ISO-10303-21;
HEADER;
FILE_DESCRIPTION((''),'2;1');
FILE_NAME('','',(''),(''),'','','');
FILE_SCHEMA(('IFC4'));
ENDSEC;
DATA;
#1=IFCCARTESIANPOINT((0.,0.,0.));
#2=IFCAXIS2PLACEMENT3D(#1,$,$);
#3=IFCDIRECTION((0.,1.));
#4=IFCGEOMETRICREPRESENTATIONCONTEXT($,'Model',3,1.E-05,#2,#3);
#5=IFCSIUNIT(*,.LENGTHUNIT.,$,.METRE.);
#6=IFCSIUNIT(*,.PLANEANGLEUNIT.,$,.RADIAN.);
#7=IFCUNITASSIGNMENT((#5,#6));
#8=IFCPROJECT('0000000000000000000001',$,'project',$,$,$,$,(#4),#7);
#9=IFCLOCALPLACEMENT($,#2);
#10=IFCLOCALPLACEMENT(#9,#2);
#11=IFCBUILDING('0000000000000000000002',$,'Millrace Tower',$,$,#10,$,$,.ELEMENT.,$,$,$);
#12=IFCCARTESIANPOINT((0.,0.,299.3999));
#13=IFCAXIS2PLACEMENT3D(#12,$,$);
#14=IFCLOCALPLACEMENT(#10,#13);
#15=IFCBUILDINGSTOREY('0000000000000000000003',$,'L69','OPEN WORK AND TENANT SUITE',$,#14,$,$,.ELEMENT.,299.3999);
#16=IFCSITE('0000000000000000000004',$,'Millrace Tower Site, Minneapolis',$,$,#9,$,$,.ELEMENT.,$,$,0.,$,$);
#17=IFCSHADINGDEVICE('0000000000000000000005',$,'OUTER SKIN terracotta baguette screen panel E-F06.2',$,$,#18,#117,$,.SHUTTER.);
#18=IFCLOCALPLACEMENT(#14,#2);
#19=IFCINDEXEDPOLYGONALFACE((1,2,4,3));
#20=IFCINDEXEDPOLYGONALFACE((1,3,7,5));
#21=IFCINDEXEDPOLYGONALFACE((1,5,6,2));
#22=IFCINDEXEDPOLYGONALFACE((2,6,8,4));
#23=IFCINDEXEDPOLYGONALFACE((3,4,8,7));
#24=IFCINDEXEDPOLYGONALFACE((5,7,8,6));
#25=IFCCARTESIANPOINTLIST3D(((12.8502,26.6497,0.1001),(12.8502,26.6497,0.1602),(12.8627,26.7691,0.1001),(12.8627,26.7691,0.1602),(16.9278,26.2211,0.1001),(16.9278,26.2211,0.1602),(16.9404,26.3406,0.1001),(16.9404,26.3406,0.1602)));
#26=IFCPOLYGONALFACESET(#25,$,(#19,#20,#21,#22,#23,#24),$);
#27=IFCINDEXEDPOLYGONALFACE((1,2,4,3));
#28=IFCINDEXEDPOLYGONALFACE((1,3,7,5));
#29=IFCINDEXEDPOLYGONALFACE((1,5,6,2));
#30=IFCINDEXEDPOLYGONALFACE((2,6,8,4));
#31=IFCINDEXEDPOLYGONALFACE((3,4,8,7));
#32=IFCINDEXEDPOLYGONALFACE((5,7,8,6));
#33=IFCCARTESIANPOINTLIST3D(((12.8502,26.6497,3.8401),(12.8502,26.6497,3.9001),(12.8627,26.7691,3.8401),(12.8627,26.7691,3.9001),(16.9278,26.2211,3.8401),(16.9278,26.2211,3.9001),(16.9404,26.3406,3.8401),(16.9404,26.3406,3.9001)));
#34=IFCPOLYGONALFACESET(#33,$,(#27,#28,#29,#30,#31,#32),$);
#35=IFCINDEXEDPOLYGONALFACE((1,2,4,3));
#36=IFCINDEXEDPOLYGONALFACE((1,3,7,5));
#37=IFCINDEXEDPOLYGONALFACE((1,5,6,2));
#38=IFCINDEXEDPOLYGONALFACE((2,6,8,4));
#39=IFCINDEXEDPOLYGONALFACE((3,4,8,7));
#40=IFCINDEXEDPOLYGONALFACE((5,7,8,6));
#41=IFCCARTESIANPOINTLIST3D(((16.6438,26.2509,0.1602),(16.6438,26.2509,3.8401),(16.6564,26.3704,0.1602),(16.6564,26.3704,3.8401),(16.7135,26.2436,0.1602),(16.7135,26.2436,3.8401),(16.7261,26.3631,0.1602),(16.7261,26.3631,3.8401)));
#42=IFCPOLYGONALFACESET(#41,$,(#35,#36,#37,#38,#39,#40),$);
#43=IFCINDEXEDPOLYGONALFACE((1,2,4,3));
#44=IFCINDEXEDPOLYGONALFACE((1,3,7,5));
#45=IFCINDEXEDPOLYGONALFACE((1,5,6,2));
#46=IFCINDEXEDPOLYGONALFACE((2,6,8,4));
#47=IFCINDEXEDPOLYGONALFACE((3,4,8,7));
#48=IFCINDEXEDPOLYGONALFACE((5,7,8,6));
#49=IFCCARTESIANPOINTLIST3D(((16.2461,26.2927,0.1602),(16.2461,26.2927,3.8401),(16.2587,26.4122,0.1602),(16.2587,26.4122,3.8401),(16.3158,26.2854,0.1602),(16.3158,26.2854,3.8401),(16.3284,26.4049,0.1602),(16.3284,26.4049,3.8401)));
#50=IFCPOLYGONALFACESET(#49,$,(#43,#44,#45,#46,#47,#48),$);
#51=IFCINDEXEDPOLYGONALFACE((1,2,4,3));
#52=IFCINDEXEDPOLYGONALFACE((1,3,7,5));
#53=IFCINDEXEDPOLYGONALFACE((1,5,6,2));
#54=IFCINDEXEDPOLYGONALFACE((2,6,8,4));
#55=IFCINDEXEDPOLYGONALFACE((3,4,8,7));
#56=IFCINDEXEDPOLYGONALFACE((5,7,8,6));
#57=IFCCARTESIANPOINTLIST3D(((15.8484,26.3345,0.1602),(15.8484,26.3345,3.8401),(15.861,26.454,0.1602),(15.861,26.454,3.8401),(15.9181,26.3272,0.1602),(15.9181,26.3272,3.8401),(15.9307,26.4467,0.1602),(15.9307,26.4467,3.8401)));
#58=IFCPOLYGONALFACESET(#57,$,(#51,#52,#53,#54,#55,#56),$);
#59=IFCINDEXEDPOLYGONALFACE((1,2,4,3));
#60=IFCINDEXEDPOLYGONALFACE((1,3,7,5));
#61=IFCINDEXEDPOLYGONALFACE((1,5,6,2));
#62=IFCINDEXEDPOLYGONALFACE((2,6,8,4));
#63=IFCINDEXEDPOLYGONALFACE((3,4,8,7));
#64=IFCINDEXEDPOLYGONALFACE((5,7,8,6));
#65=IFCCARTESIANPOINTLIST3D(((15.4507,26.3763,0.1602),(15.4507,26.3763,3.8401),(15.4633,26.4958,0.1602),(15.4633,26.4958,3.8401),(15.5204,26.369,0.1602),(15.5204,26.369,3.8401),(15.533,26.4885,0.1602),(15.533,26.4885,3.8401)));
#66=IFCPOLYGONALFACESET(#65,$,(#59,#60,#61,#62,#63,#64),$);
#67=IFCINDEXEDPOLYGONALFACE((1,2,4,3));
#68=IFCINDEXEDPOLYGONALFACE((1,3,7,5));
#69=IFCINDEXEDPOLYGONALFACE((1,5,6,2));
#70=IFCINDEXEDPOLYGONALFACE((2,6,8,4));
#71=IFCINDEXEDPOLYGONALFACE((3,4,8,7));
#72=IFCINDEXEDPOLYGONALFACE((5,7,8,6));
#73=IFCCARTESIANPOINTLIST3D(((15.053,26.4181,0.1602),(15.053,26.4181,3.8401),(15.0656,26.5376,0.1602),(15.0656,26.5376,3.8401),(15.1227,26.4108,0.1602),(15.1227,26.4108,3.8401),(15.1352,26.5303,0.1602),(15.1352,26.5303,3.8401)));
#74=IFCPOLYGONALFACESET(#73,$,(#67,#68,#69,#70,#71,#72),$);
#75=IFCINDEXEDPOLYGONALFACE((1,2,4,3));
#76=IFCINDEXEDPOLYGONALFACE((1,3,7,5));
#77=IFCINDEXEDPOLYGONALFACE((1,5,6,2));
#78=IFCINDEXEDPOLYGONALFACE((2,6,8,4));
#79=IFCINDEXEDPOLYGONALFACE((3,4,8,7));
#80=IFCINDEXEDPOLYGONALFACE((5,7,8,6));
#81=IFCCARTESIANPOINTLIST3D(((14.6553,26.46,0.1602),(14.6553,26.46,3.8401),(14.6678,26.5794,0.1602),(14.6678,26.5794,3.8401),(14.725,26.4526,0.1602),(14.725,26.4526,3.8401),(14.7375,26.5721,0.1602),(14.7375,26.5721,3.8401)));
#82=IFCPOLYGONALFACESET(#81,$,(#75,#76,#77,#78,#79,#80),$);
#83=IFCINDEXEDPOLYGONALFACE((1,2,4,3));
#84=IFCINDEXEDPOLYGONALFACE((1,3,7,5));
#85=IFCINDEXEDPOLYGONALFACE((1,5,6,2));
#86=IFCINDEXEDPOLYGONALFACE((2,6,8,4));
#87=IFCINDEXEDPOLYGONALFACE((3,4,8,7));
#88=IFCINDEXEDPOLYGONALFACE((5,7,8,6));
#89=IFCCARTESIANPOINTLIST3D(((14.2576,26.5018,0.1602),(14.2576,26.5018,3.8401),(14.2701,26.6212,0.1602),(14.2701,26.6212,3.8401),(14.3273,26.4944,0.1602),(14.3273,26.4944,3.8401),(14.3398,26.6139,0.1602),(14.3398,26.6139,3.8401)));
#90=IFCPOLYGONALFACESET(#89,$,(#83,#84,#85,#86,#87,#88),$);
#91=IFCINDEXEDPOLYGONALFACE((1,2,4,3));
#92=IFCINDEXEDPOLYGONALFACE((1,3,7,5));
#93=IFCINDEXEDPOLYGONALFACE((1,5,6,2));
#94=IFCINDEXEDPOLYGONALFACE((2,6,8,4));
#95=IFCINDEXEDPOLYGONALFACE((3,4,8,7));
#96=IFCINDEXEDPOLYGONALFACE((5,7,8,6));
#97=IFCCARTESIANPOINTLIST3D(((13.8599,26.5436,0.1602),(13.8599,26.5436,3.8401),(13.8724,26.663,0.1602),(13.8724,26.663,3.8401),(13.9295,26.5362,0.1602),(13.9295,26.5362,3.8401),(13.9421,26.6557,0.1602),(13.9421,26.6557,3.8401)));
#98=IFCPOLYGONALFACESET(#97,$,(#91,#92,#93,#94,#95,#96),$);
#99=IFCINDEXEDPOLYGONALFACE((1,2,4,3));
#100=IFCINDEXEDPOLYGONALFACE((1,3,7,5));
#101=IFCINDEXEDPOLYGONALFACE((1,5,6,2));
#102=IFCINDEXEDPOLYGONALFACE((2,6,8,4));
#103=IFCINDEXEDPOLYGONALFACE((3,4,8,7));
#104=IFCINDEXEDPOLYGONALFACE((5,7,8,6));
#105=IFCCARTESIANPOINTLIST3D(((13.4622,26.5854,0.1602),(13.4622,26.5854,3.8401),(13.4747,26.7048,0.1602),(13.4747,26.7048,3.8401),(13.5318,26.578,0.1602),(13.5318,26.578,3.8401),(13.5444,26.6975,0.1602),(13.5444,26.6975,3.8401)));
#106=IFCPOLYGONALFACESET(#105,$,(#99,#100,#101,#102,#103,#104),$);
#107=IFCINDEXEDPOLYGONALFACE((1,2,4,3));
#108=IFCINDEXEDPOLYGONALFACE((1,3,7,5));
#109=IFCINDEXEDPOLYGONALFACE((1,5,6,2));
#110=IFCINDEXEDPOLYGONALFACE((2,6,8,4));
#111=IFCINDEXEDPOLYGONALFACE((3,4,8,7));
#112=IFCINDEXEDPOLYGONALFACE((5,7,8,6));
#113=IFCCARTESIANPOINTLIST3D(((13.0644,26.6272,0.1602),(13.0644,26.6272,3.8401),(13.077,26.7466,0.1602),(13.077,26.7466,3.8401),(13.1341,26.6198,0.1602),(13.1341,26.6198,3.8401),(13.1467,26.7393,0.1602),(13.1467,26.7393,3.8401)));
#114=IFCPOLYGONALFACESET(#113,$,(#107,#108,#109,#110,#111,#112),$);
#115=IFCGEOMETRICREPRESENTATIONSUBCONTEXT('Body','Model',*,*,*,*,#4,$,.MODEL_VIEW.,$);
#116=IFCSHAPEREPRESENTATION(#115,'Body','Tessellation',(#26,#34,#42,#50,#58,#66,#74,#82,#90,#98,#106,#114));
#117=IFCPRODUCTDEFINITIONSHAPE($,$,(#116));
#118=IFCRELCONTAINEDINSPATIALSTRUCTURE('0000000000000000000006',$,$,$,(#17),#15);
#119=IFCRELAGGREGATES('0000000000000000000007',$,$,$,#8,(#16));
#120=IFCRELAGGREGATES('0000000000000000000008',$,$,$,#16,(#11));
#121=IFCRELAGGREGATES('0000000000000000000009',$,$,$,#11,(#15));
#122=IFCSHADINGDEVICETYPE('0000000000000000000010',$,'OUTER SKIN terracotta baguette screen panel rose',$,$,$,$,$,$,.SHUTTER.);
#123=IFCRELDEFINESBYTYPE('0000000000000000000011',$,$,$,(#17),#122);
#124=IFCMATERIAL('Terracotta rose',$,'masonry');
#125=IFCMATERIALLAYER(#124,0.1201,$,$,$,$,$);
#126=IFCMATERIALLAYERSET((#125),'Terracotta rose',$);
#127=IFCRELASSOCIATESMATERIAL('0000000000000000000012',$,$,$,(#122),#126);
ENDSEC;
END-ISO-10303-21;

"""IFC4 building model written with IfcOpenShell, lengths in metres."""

from ifc_helpers import new_model, entity, si_unit, direction, frame, frame_2d, origin, place, context, subcontext, project, spatial, rectangle, extrude, source, transform, mapped, material, layer, layer_set, type_object, element, save


model = new_model("IFC4")

# Units and contexts
model_context = context("Model", 3, precision=1e-05, world=origin(), true_north=direction((0.0, 1.0)))
body_context = subcontext(model_context, "Body", "Model", "MODEL_VIEW")
ifc_project = project(units=[si_unit("LENGTHUNIT", "METRE"), si_unit("PLANEANGLEUNIT", "RADIAN")], contexts=[model_context])

# Site, building, storey
site_placement = place(None, origin())
site = spatial("IfcSite", under=ifc_project, at=site_placement, Name="Millrace Tower Site, Minneapolis", CompositionType="ELEMENT", RefElevation=0.0)
building_placement = place(site_placement, origin())
building = spatial("IfcBuilding", under=site, at=building_placement, Name="Millrace Tower", CompositionType="ELEMENT")
storey_placement = place(building_placement, frame((0.0, 0.0, 299.3999)))
storey = spatial("IfcBuildingStorey", under=building, at=storey_placement, Name="L69", Description="OPEN WORK AND TENANT SUITE", CompositionType="ELEMENT", Elevation=299.3999)

# Shading device
ifc_material_1 = material(Name="Terracotta rose", Category="masonry")
ifc_layer_1 = layer(ifc_material_1, 0.1201)
ifc_layer_set_1 = layer_set([ifc_layer_1], Name="Terracotta rose")
shading_device_type = type_object("IfcShadingDeviceType", Name="OUTER SKIN terracotta baguette screen panel rose", PredefinedType="SHUTTER", material=ifc_layer_set_1)
cartesian_point_1 = entity("IfcCartesianPoint", [-2.05, 0.0601])
shared_polyline_1 = entity("IfcPolyline", [cartesian_point_1, entity("IfcCartesianPoint", [2.05, 0.0601]), entity("IfcCartesianPoint", [2.05, -0.0601]), entity("IfcCartesianPoint", [-2.05, -0.0601]), cartesian_point_1])
shared_shape_1 = source(origin(), body_context, "Body", "SweptSolid", [
    entity("IfcExtrudedAreaSolid", entity("IfcArbitraryClosedProfileDef", "AREA", None, shared_polyline_1), entity("IfcAxis2Placement3D", entity("IfcCartesianPoint", [0.0, 0.0, 0.0])), entity("IfcDirection", [0.0, 0.0, 1.0]), 0.0601),
    entity("IfcExtrudedAreaSolid", entity("IfcArbitraryClosedProfileDef", "AREA", None, shared_polyline_1), entity("IfcAxis2Placement3D", entity("IfcCartesianPoint", [0.0, 0.0, 3.74])), entity("IfcDirection", [0.0, 0.0, 1.0]), 0.0601),
    extrude(rectangle(XDim=0.0701, YDim=0.1201, at=frame_2d((-1.7996, 0.0))), frame((0.0, 0.0, 0.0601)), (0.0, 0.0, 1.0), 3.6799),
    extrude(rectangle(XDim=0.0701, YDim=0.1201, at=frame_2d((-1.3997, 0.0))), frame((0.0, 0.0, 0.0601)), (0.0, 0.0, 1.0), 3.6799),
    extrude(rectangle(XDim=0.0701, YDim=0.1201, at=frame_2d((-0.9998, 0.0))), frame((0.0, 0.0, 0.0601)), (0.0, 0.0, 1.0), 3.6799),
    extrude(rectangle(XDim=0.0701, YDim=0.1201, at=frame_2d((-0.5999, 0.0))), frame((0.0, 0.0, 0.0601)), (0.0, 0.0, 1.0), 3.6799),
    extrude(rectangle(XDim=0.0701, YDim=0.1201, at=frame_2d((-0.2, 0.0))), frame((0.0, 0.0, 0.0601)), (0.0, 0.0, 1.0), 3.6799),
    extrude(rectangle(XDim=0.0701, YDim=0.1201, at=frame_2d((0.2, 0.0))), frame((0.0, 0.0, 0.0601)), (0.0, 0.0, 1.0), 3.6799),
    extrude(rectangle(XDim=0.0701, YDim=0.1201, at=frame_2d((0.5999, 0.0))), frame((0.0, 0.0, 0.0601)), (0.0, 0.0, 1.0), 3.6799),
    extrude(rectangle(XDim=0.0701, YDim=0.1201, at=frame_2d((0.9998, 0.0))), frame((0.0, 0.0, 0.0601)), (0.0, 0.0, 1.0), 3.6799),
    extrude(rectangle(XDim=0.0701, YDim=0.1201, at=frame_2d((1.3997, 0.0))), frame((0.0, 0.0, 0.0601)), (0.0, 0.0, 1.0), 3.6799),
    extrude(rectangle(XDim=0.0701, YDim=0.1201, at=frame_2d((1.7996, 0.0))), frame((0.0, 0.0, 0.0601)), (0.0, 0.0, 1.0), 3.6799),
])
for number, where, z_axis, x_axis, name in (
    (1, (14.8953, 26.4951, 0.1001), (0.0, 0.0, 1.0), (-0.994522, 0.104528, 0.0), "OUTER SKIN terracotta baguette screen panel E-F06.2"),
):
    element("IfcShadingDevice", number, at=place(storey_placement, frame(where, z_axis=z_axis, x_axis=x_axis)), inside=storey, type_object=shading_device_type, Name=name, PredefinedType="SHUTTER", context=body_context, shape_type="MappedRepresentation", body=[
        mapped(shared_shape_1, transform((0.0, 0.0, 0.0), scale=1.0)),
    ])

save(model, "model.ifc")
